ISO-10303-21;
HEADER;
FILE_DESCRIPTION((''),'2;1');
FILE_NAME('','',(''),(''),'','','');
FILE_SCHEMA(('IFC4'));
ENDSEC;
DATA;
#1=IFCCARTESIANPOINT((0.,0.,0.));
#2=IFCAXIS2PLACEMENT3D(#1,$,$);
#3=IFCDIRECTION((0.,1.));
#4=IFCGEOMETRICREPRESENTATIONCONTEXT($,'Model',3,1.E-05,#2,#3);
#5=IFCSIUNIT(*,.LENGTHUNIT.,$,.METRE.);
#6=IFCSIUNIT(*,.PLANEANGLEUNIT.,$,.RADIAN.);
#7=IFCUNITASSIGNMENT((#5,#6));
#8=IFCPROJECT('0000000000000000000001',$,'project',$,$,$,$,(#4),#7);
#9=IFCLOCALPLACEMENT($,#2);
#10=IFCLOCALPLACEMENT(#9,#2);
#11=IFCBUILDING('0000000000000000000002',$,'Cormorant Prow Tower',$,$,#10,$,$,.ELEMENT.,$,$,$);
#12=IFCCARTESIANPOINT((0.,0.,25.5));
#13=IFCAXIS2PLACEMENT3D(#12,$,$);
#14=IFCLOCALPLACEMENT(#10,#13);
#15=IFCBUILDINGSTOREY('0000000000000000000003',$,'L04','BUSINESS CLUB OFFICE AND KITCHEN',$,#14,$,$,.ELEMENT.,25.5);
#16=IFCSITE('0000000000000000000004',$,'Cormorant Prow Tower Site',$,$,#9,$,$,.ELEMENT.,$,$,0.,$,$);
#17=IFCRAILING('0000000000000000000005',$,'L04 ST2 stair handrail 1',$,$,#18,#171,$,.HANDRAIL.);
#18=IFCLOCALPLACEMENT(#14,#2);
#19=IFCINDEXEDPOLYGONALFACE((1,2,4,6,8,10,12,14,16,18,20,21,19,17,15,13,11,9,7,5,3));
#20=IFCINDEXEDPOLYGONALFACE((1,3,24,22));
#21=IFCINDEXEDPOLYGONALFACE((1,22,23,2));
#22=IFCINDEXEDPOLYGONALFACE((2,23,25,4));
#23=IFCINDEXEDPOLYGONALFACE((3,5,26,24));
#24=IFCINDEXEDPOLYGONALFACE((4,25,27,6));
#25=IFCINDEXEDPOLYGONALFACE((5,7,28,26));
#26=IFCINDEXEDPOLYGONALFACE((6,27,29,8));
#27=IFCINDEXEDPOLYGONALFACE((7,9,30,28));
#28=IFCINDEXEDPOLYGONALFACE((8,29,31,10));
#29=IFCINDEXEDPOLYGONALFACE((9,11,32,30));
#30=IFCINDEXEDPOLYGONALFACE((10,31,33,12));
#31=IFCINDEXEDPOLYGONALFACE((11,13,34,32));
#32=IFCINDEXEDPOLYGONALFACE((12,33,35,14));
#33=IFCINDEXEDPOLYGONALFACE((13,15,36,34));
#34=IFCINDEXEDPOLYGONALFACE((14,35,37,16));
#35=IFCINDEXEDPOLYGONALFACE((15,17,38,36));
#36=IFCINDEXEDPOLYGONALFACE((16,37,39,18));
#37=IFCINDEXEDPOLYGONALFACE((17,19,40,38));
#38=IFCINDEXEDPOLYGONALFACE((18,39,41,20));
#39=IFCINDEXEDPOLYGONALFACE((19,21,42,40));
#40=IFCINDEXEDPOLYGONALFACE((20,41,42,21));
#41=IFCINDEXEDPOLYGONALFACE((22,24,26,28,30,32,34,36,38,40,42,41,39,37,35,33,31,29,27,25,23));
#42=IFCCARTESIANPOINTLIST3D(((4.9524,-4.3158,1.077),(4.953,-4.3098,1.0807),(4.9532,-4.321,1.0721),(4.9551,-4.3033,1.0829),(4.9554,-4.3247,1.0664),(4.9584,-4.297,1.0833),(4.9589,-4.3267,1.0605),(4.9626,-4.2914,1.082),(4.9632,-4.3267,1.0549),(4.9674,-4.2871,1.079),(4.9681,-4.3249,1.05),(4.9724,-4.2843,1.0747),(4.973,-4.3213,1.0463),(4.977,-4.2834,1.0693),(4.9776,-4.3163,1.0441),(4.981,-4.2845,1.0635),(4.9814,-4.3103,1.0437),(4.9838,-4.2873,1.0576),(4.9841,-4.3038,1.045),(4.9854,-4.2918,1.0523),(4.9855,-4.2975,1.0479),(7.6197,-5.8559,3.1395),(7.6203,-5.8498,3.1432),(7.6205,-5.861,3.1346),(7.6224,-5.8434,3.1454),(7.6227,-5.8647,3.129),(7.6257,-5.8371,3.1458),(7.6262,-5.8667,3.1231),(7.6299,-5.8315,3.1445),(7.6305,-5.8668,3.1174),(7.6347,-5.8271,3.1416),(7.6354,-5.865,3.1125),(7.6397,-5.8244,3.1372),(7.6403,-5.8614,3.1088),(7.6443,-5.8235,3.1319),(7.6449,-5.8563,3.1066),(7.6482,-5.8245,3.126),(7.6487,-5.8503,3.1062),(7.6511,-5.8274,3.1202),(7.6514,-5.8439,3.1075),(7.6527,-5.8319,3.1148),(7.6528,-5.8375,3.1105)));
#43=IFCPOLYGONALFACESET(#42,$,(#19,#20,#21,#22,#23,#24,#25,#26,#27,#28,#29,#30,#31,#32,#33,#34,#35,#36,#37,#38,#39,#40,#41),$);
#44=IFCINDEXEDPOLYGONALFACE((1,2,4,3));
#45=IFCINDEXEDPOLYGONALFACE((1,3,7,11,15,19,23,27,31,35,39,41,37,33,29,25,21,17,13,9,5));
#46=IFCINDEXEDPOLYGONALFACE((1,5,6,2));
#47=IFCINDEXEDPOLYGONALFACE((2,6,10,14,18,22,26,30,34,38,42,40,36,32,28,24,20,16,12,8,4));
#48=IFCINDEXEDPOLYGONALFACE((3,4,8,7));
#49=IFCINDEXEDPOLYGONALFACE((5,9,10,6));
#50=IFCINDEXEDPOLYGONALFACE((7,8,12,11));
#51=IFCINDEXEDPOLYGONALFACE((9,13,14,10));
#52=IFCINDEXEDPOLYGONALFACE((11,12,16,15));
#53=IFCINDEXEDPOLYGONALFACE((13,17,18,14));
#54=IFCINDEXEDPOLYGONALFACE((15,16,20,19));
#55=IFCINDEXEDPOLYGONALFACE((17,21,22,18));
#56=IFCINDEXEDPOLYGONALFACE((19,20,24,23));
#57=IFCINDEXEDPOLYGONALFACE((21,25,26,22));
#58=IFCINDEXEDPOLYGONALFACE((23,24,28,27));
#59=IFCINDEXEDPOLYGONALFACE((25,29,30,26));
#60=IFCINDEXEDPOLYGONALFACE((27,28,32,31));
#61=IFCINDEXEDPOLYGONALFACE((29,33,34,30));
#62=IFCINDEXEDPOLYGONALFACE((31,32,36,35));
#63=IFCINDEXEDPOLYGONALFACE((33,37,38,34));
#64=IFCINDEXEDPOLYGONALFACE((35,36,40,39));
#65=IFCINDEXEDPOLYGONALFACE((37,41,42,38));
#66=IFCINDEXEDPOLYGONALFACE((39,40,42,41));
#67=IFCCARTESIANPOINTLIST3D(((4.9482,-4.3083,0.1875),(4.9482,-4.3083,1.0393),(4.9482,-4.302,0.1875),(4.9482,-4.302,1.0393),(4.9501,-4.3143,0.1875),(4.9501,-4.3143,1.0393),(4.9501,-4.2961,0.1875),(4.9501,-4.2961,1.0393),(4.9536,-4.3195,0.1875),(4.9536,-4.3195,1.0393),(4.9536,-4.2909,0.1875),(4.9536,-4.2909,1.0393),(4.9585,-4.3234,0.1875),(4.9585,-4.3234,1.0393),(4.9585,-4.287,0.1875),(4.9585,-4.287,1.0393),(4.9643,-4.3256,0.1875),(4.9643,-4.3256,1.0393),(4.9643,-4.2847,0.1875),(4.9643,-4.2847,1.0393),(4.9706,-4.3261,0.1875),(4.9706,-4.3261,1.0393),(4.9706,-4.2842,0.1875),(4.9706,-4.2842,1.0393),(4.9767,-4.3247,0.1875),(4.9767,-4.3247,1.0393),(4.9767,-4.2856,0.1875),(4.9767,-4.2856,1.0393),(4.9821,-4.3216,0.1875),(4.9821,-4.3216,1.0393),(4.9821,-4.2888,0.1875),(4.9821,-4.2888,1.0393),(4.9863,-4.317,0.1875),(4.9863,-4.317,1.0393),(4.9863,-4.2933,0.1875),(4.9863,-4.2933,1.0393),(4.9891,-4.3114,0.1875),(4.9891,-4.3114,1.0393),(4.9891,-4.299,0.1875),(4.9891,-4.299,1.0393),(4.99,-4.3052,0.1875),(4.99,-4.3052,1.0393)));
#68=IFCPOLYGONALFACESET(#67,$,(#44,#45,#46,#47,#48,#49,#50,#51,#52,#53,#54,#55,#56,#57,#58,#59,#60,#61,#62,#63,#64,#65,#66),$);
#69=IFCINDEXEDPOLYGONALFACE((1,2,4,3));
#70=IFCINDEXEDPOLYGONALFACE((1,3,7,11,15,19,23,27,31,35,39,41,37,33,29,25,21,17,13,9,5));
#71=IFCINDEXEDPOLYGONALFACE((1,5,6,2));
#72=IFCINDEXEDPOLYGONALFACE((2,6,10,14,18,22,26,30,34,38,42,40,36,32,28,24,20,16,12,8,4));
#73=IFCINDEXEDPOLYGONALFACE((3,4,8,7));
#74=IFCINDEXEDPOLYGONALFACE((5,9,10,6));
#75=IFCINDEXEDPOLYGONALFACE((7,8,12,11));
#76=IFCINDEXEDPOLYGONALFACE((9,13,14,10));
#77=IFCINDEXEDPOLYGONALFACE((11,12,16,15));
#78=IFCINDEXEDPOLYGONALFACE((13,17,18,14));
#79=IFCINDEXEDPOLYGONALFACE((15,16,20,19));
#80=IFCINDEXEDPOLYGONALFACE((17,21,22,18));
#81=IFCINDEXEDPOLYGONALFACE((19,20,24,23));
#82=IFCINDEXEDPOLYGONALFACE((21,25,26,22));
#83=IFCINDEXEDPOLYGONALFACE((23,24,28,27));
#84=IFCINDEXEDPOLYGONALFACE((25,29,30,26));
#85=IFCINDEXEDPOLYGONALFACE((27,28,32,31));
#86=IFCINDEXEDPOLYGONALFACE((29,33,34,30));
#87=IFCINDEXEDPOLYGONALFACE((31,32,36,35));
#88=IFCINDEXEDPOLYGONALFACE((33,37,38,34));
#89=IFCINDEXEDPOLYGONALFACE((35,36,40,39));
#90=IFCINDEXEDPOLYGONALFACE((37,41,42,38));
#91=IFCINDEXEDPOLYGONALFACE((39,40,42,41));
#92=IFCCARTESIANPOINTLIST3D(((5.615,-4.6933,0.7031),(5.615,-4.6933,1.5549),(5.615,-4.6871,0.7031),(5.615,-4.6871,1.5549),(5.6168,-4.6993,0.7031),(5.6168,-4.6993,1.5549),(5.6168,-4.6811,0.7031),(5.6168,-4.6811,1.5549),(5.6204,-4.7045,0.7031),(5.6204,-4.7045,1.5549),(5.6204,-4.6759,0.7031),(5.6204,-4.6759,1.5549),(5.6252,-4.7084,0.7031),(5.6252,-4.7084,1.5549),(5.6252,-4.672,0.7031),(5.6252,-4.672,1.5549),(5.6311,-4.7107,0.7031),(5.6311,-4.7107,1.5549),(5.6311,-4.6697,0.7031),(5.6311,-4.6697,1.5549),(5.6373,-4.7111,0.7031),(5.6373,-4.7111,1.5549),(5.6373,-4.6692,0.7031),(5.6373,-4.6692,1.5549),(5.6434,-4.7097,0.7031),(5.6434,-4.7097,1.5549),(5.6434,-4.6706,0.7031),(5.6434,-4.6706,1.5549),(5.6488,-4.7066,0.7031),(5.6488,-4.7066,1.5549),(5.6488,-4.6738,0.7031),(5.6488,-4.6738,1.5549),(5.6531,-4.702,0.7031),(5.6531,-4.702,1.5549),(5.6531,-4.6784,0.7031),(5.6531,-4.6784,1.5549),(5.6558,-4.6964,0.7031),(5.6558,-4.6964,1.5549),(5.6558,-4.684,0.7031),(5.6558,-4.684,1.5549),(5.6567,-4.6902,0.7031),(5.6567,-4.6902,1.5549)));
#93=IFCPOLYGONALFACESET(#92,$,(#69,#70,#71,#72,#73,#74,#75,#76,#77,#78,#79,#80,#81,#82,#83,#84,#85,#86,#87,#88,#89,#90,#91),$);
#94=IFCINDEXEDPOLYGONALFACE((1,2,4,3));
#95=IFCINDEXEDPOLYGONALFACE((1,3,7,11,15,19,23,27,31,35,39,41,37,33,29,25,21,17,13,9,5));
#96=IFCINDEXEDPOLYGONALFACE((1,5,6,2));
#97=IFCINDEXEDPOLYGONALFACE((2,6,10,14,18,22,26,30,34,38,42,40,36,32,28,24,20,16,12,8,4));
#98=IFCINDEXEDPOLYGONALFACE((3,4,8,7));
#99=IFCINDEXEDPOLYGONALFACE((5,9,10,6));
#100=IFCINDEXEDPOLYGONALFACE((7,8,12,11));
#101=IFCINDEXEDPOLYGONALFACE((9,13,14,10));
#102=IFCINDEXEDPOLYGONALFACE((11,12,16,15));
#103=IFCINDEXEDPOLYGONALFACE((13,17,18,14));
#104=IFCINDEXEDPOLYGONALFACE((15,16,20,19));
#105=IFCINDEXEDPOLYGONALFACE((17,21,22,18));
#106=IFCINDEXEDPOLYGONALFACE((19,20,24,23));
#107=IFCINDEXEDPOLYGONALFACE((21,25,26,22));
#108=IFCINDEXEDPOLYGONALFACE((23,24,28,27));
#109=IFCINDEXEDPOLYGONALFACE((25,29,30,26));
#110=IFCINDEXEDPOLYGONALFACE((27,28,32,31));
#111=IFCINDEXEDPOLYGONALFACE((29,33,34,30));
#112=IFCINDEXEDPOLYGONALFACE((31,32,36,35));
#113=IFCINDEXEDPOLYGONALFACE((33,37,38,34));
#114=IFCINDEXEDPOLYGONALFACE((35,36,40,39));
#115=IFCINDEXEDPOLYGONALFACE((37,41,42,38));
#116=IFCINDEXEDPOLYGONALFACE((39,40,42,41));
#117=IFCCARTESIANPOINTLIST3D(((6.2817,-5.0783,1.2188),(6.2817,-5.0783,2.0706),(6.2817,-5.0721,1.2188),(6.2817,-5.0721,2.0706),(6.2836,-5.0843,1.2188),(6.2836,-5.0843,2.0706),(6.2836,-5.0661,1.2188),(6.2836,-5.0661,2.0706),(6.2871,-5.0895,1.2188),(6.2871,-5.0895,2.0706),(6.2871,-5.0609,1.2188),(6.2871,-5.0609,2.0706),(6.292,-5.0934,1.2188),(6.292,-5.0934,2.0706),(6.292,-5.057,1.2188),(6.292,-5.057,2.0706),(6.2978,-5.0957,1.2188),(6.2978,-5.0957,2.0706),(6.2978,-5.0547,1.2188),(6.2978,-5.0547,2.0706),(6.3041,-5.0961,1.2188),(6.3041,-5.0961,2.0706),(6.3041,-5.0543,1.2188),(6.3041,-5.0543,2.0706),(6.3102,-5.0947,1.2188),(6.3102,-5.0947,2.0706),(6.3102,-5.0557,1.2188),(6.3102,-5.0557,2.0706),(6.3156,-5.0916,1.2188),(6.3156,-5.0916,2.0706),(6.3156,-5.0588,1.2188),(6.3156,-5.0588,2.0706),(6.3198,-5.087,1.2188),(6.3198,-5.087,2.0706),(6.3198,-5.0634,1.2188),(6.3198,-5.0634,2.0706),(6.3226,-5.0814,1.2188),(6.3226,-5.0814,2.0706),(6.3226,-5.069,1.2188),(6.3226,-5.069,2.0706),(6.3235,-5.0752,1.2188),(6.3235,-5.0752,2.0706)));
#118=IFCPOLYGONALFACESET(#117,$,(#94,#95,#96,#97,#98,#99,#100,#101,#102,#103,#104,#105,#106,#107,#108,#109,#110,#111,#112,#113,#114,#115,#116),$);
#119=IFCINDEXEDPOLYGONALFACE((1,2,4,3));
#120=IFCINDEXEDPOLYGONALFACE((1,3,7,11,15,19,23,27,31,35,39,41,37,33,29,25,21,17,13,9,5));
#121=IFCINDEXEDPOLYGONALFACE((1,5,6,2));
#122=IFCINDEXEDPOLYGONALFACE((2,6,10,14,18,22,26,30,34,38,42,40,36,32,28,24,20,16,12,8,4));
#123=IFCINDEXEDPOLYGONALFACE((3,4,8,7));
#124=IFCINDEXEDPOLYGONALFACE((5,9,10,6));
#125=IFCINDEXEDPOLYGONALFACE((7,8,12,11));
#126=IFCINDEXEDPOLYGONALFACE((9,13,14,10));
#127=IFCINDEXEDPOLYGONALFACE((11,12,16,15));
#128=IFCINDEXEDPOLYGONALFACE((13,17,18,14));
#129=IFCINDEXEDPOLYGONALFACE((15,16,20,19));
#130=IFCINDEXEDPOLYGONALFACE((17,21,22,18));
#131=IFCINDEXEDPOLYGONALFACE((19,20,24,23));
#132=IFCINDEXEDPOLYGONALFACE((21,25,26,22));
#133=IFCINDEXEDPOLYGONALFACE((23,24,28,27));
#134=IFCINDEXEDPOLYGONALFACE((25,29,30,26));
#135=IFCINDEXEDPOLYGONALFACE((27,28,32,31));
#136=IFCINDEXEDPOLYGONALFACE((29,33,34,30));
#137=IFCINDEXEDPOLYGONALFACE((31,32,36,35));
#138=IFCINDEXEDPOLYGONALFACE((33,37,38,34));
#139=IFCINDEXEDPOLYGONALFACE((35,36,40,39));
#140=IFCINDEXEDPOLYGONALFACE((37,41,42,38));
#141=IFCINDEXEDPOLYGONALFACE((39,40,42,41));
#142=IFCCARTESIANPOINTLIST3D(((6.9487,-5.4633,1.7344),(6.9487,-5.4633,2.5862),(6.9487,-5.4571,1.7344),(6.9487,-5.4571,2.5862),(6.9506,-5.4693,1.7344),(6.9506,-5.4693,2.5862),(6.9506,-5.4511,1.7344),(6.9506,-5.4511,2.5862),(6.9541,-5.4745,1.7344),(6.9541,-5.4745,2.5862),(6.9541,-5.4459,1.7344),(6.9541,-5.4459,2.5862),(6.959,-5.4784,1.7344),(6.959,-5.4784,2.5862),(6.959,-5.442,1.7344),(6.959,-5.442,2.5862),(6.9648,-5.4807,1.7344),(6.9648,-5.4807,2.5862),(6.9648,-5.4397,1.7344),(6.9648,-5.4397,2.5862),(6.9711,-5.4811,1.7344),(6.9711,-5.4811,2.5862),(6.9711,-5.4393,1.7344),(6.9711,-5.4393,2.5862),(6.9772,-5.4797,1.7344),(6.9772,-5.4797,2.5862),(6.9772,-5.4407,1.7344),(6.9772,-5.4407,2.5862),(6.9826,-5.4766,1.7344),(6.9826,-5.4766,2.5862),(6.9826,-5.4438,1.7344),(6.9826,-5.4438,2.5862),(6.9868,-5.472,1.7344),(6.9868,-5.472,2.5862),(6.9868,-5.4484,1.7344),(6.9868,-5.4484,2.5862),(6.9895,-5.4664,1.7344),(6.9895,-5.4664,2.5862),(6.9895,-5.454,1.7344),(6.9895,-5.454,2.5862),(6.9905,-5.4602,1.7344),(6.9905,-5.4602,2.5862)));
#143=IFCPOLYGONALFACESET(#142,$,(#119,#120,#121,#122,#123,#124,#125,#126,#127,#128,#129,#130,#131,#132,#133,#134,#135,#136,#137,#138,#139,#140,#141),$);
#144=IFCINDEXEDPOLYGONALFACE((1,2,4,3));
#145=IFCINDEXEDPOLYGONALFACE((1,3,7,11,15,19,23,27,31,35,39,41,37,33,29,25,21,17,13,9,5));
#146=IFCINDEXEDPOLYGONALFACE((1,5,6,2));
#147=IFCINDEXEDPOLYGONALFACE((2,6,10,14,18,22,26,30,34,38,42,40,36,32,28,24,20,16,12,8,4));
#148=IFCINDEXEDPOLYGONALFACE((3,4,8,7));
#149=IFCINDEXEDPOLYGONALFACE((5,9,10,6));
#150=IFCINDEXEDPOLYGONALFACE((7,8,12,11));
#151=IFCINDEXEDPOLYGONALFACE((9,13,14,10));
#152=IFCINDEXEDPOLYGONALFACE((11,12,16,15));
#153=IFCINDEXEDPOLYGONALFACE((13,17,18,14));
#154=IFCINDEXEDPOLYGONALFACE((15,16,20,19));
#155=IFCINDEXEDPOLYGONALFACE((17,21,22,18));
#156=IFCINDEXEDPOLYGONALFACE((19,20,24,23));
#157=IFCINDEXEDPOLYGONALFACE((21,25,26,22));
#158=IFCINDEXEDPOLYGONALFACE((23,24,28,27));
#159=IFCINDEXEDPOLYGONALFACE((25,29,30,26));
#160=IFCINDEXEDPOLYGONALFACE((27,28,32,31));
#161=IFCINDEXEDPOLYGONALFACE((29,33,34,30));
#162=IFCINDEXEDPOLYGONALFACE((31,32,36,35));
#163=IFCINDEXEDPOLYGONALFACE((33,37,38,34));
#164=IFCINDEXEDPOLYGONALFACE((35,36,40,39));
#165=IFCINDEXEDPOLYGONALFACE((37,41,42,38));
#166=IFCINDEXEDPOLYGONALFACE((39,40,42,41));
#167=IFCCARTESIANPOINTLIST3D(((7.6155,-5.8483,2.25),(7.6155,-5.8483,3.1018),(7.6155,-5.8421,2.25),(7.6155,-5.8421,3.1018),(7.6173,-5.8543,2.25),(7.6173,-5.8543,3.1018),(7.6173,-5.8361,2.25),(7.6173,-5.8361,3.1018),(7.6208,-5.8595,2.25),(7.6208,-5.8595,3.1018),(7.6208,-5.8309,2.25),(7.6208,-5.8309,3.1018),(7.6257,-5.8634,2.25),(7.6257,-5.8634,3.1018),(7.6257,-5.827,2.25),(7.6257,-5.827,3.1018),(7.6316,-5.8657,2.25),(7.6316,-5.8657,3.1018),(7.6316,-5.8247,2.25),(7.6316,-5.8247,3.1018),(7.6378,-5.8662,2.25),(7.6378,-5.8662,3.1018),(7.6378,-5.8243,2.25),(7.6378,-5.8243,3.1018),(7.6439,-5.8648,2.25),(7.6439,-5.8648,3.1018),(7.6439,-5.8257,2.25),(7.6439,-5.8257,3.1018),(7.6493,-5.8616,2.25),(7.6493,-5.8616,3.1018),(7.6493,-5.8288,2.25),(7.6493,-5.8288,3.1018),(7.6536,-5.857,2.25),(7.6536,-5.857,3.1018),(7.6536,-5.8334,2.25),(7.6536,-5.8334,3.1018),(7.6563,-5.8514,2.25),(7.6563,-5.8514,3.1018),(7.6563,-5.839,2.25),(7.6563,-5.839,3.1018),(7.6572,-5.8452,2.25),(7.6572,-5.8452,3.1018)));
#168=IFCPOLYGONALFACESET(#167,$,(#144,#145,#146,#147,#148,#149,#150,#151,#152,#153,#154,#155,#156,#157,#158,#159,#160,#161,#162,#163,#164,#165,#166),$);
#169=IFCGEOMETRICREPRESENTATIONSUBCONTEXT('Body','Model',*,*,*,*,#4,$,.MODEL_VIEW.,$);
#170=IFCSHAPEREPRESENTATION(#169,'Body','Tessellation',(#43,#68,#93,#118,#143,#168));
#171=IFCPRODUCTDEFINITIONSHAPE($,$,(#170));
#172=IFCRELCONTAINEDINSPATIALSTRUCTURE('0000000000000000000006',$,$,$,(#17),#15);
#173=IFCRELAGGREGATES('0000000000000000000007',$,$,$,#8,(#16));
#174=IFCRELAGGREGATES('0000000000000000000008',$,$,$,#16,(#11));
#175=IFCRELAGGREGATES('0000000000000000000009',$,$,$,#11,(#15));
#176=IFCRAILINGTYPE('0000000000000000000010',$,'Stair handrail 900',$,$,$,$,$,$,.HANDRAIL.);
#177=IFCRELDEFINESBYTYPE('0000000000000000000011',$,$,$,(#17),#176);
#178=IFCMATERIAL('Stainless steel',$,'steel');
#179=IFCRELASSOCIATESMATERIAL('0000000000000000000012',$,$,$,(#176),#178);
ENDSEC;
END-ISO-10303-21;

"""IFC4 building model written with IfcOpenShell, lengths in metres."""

from ifc_helpers import new_model, si_unit, direction, frame, origin, origin_2d, place, context, subcontext, project, spatial, circle, extrude, material, type_object, element, save


model = new_model("IFC4")

# Units and contexts
model_context = context("Model", 3, precision=1e-05, world=origin(), true_north=direction((0.0, 1.0)))
body_context = subcontext(model_context, "Body", "Model", "MODEL_VIEW")
ifc_project = project(units=[si_unit("LENGTHUNIT", "METRE"), si_unit("PLANEANGLEUNIT", "RADIAN")], contexts=[model_context])

# Site, building, storey
site_placement = place(None, origin())
site = spatial("IfcSite", under=ifc_project, at=site_placement, Name="Cormorant Prow Tower Site", CompositionType="ELEMENT", RefElevation=0.0)
building_placement = place(site_placement, origin())
building = spatial("IfcBuilding", under=site, at=building_placement, Name="Cormorant Prow Tower", CompositionType="ELEMENT")
storey_placement = place(building_placement, frame((0.0, 0.0, 25.5)))
storey = spatial("IfcBuildingStorey", under=building, at=storey_placement, Name="L04", Description="BUSINESS CLUB OFFICE AND KITCHEN", CompositionType="ELEMENT", Elevation=25.5)

# Railing
ifc_material_1 = material(Name="Stainless steel", Category="steel")
railing_type_1 = type_object("IfcRailingType", Name="Stair handrail 900", PredefinedType="HANDRAIL", material=ifc_material_1)
railing_1_placement = place(storey_placement, frame((4.969, -4.3052, 0.1875)))
element("IfcRailing", 1, at=railing_1_placement, inside=storey, type_object=railing_type_1, Name="L04 ST2 stair handrail 1", PredefinedType="HANDRAIL", context=body_context, shape_type="SweptSolid", body=[
    extrude(circle(Radius=0.0239, at=origin_2d()), frame((0.0, 0.0, 0.876), z_axis=(0.719568, -0.415472, 0.556422), x_axis=(0.500027, 0.86601, 0.0)), (0.0, 0.0, 1.0), 3.7068),
    extrude(circle(Radius=0.021, at=origin_2d()), origin(), (0.0, 0.0, 1.0), 0.8518),
    extrude(circle(Radius=0.021, at=origin_2d()), frame((0.6667, -0.385, 0.5156)), (0.0, 0.0, 1.0), 0.8518),
    extrude(circle(Radius=0.021, at=origin_2d()), frame((1.3335, -0.77, 1.0312)), (0.0, 0.0, 1.0), 0.8518),
    extrude(circle(Radius=0.021, at=origin_2d()), frame((2.0005, -1.155, 1.5469)), (0.0, 0.0, 1.0), 0.8518),
    extrude(circle(Radius=0.021, at=origin_2d()), frame((2.6672, -1.54, 2.0625)), (0.0, 0.0, 1.0), 0.8518),
])

save(model, "model.ifc")
